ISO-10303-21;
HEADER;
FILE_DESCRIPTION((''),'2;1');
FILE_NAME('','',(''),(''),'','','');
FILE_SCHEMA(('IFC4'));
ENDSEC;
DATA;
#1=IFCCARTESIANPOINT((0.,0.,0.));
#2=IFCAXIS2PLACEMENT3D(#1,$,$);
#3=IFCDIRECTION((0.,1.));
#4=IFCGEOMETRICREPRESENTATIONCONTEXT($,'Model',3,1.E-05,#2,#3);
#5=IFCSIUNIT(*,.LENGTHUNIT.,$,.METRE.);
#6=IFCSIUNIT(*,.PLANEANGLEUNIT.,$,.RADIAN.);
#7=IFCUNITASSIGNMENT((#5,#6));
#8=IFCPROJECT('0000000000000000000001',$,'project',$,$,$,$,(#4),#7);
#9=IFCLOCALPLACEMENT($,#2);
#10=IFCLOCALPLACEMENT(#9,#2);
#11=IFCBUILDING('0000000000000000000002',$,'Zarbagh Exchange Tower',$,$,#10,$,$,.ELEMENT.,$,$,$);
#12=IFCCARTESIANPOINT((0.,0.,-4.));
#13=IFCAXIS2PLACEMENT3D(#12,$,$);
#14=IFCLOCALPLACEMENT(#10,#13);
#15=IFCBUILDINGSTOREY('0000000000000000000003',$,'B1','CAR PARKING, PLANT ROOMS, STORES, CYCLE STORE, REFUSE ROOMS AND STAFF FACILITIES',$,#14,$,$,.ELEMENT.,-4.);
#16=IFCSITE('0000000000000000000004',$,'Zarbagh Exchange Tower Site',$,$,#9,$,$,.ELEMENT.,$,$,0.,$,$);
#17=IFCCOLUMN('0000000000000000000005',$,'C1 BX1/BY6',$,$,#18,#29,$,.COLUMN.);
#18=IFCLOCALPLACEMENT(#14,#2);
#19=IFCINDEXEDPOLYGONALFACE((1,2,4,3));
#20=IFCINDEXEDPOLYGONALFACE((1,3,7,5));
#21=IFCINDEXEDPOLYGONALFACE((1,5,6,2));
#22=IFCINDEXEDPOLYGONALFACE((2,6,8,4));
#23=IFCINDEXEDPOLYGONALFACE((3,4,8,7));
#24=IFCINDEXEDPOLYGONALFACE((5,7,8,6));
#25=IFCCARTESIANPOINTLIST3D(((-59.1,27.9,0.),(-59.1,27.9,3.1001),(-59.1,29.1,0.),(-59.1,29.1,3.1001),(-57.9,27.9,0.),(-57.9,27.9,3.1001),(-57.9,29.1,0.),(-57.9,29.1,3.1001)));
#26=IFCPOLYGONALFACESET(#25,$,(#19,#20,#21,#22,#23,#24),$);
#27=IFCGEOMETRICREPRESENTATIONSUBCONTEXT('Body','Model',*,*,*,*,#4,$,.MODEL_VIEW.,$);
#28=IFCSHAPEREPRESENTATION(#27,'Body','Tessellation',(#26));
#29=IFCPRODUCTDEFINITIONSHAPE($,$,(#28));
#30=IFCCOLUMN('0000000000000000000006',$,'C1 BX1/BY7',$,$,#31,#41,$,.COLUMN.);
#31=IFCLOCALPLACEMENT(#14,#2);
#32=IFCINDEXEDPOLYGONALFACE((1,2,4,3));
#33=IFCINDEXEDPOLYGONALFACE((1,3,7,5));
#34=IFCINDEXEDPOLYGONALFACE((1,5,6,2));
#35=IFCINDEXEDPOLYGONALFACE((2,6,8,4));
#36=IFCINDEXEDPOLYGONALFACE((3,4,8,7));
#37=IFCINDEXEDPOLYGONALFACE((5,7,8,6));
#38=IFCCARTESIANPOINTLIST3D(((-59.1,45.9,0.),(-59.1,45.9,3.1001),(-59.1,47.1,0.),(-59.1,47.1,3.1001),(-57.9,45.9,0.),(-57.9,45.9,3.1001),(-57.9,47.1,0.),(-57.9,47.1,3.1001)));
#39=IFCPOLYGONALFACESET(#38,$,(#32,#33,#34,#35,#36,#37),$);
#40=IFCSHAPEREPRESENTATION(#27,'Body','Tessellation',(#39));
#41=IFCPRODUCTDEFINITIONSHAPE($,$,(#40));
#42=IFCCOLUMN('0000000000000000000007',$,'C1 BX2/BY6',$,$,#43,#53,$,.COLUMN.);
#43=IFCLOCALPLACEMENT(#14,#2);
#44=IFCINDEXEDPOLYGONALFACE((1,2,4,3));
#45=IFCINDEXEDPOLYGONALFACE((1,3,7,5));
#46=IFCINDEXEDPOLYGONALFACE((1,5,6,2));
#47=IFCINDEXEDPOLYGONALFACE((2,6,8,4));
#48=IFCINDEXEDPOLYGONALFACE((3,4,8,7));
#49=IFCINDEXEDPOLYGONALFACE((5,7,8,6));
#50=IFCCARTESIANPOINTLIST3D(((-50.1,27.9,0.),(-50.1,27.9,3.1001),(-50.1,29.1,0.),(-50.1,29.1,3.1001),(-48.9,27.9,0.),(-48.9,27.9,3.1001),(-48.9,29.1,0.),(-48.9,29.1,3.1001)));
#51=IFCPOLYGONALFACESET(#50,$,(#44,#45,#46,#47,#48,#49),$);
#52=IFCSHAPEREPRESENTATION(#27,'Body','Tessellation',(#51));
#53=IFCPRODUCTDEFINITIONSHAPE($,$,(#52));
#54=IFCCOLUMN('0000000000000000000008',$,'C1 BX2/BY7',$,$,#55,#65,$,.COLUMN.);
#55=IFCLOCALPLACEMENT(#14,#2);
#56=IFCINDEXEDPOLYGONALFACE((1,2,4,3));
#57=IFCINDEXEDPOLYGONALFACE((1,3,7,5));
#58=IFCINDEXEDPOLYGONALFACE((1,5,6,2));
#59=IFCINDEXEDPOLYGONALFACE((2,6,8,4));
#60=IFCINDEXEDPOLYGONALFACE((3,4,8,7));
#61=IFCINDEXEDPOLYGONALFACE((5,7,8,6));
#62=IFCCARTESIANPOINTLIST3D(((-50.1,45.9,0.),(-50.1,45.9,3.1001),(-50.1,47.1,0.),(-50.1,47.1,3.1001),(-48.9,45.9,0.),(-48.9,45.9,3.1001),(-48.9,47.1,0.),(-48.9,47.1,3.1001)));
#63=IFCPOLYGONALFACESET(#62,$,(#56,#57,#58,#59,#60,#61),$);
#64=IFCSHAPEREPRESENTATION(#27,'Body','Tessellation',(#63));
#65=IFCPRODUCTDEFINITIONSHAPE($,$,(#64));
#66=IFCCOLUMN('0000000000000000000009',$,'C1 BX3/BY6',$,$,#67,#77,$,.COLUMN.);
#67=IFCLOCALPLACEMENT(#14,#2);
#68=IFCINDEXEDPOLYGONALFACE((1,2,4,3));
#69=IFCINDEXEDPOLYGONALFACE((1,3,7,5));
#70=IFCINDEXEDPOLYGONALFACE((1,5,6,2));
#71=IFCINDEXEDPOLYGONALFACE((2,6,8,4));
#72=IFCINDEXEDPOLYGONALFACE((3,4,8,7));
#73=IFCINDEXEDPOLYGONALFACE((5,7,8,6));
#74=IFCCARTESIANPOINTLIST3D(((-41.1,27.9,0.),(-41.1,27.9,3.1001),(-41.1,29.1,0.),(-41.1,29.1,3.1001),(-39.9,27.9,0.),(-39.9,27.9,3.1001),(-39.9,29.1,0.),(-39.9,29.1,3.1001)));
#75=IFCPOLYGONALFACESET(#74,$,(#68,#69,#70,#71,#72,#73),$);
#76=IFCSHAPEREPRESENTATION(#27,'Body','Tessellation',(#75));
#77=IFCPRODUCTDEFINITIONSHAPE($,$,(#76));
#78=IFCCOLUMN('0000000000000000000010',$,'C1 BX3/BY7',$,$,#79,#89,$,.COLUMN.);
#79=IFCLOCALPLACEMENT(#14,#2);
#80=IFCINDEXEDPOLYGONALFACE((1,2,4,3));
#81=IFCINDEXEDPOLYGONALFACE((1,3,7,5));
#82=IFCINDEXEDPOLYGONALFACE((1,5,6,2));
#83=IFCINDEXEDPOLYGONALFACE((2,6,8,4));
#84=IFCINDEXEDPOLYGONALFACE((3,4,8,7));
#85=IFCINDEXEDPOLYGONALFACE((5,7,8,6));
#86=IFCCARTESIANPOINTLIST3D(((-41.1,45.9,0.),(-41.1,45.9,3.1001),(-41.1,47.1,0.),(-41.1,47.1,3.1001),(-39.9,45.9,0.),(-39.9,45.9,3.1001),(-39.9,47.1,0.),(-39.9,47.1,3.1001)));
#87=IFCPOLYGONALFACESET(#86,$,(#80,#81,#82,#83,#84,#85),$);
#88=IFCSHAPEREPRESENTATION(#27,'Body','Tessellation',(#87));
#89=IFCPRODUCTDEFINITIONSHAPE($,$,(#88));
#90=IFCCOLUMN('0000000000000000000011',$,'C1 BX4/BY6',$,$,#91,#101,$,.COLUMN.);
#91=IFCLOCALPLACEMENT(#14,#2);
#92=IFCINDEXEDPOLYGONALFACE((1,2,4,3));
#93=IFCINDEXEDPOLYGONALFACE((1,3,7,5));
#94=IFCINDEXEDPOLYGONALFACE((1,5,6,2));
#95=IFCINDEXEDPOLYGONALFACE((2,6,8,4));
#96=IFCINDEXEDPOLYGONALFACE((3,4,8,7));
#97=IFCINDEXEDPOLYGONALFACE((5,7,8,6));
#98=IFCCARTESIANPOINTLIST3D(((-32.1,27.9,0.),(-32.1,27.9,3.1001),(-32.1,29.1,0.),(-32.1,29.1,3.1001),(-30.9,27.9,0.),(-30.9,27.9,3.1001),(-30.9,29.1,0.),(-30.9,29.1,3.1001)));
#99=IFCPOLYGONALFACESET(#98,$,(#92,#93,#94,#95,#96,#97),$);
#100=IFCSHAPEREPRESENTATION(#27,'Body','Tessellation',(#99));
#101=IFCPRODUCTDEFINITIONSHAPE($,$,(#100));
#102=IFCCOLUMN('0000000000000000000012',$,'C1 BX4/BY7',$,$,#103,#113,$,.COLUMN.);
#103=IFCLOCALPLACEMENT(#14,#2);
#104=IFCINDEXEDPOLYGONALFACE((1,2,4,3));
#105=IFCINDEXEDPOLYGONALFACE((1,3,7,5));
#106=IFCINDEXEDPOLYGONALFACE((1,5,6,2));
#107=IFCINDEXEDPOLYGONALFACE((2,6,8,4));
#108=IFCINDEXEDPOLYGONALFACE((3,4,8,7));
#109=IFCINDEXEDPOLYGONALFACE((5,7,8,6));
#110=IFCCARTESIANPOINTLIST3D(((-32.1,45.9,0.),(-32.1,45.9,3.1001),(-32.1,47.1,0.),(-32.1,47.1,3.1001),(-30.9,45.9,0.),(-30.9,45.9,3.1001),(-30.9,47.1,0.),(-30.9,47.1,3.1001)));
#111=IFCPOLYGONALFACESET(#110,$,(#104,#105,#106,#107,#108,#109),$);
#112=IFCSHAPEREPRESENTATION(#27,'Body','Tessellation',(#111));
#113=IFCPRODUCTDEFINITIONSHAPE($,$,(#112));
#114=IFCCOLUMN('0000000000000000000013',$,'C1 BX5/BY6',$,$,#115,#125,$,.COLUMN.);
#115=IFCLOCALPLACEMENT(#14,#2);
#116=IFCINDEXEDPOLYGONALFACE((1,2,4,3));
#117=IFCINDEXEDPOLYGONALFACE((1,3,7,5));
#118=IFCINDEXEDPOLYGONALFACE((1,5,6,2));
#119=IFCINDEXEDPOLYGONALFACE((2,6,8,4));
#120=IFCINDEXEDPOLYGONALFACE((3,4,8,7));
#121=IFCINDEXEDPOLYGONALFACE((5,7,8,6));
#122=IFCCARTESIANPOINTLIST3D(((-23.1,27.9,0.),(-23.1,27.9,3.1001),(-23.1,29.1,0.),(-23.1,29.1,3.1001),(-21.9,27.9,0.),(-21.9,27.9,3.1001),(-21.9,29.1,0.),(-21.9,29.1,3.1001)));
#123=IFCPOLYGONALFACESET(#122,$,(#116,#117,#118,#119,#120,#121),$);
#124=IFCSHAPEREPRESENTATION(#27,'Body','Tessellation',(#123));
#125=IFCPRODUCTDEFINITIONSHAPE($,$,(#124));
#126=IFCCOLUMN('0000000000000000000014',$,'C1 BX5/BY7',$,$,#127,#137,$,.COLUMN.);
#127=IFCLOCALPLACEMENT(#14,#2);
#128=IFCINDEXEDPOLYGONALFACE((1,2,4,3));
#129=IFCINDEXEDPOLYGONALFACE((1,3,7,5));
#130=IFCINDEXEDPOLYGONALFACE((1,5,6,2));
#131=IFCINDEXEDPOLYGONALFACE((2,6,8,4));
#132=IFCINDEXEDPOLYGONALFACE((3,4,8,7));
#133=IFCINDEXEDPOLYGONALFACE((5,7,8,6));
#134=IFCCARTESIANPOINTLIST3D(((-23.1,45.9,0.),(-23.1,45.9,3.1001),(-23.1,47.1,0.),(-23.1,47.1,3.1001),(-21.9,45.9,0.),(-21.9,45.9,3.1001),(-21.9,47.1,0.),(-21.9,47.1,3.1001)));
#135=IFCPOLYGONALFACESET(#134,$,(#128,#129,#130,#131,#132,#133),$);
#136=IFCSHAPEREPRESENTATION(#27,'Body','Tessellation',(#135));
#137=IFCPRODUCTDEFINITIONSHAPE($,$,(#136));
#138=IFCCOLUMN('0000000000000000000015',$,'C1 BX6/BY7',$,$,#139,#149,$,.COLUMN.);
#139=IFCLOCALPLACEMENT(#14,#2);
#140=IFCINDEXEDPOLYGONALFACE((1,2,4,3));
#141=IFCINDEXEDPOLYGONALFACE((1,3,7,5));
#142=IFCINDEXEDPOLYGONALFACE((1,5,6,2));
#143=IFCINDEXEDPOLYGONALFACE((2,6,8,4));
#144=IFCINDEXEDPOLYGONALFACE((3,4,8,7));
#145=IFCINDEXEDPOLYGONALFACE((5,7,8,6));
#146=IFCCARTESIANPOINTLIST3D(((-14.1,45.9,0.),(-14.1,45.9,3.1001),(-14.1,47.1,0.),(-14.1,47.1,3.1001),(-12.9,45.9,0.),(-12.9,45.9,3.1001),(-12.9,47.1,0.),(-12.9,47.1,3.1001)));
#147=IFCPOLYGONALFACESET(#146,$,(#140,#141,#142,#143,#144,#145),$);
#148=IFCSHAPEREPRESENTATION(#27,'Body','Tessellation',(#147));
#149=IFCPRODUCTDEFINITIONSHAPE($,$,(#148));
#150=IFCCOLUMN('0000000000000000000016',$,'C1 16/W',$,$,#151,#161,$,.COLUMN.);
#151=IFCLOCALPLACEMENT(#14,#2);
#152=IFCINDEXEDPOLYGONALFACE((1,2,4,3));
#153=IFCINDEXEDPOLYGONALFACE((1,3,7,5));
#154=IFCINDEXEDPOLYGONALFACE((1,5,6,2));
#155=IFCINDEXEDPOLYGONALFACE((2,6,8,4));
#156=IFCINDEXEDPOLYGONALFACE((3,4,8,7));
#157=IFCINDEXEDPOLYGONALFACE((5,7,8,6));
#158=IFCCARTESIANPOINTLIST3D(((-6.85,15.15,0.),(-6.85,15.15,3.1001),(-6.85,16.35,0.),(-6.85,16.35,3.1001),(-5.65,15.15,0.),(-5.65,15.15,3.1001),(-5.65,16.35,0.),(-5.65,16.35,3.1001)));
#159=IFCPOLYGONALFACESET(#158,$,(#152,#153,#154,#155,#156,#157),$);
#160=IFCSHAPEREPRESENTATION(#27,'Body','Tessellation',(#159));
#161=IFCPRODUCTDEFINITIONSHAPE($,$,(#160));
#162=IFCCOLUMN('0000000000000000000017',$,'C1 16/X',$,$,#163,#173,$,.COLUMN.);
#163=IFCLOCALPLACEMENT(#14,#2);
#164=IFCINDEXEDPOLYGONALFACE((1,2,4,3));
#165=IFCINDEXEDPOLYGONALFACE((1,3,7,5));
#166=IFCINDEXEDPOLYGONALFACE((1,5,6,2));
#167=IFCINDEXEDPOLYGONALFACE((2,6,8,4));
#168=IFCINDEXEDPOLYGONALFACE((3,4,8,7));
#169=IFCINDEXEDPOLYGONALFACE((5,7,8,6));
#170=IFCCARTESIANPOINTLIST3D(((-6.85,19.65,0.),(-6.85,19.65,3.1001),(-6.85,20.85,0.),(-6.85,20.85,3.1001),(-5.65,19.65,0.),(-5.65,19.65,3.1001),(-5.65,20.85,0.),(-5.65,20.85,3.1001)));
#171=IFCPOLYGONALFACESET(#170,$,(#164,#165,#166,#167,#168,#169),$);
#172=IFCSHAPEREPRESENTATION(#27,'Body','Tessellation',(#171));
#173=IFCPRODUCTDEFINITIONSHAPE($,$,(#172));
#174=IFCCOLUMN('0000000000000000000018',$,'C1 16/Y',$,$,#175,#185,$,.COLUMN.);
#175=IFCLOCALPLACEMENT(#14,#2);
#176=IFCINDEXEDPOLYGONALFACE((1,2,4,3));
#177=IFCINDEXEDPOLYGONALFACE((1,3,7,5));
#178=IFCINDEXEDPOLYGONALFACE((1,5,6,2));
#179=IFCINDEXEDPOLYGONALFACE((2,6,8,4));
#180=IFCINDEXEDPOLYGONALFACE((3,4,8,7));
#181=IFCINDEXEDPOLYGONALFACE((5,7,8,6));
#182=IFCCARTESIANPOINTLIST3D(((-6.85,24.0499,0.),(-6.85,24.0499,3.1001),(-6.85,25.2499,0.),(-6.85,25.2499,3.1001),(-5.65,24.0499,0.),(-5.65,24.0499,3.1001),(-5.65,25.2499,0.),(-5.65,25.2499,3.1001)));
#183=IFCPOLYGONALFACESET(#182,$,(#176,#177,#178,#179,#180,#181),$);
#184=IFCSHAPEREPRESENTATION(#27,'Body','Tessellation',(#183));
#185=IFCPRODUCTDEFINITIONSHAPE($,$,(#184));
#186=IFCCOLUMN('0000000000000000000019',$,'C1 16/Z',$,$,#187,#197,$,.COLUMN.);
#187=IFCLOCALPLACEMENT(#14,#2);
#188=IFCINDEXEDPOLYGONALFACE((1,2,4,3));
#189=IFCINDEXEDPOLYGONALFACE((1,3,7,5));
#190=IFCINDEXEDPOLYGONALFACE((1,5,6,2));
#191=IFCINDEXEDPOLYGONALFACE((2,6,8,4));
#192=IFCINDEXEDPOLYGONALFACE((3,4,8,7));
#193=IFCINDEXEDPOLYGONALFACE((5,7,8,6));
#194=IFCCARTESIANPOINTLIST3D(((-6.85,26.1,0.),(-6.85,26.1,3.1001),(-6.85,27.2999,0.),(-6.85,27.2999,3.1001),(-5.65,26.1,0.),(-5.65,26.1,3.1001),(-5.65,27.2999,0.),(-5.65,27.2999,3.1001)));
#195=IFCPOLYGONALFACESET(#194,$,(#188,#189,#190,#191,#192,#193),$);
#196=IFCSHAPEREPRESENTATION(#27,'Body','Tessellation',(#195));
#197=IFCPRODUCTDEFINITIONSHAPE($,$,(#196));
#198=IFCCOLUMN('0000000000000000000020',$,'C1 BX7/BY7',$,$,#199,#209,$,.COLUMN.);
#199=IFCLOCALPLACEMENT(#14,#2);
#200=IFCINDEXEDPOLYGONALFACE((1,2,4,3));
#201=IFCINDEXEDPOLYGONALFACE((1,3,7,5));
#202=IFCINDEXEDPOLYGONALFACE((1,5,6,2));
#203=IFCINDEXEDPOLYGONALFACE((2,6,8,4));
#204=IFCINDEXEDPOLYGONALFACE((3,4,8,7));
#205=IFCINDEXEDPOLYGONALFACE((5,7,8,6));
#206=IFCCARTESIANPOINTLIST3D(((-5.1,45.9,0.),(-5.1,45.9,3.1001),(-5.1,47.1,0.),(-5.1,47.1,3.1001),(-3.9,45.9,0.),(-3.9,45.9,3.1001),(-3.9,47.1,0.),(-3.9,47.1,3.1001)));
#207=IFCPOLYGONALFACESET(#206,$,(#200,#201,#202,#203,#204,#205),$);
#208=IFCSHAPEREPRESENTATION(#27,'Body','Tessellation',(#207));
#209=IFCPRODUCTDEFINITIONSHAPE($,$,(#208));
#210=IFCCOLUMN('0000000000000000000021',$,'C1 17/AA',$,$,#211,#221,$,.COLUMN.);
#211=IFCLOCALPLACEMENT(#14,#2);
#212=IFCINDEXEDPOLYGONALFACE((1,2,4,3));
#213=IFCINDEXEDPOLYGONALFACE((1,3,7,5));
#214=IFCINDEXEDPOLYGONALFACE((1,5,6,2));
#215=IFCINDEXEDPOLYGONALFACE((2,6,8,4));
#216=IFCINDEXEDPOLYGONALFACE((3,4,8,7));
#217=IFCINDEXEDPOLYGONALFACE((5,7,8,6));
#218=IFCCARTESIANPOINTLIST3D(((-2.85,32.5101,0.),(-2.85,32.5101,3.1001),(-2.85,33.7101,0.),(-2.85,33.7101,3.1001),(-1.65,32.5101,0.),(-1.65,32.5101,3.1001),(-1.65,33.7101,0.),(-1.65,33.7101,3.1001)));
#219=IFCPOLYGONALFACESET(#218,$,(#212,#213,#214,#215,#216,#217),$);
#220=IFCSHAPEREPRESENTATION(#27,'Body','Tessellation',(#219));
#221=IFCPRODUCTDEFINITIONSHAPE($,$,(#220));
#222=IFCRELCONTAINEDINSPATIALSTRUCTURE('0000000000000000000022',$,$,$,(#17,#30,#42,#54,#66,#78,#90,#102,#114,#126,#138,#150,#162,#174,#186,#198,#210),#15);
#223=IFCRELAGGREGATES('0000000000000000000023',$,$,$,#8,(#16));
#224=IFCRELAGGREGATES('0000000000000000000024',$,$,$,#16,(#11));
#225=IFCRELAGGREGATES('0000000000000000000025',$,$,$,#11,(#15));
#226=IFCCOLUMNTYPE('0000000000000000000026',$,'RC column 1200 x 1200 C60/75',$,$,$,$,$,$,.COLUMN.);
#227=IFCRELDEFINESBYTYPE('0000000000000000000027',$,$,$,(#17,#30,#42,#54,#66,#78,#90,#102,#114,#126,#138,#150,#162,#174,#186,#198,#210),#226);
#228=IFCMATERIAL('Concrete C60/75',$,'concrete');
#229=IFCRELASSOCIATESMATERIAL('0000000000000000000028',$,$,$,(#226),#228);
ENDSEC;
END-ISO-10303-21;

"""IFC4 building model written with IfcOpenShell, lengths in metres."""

from ifc_helpers import new_model, si_unit, direction, frame, origin, origin_2d, place, context, subcontext, project, spatial, rectangle, extrude, material, material_profile, profile_set, type_object, element, save


model = new_model("IFC4")

# Units and contexts
model_context = context("Model", 3, precision=1e-05, world=origin(), true_north=direction((0.0, 1.0)))
body_context = subcontext(model_context, "Body", "Model", "MODEL_VIEW")
ifc_project = project(units=[si_unit("LENGTHUNIT", "METRE"), si_unit("PLANEANGLEUNIT", "RADIAN")], contexts=[model_context])

# Site, building, storey
site_placement = place(None, origin())
site = spatial("IfcSite", under=ifc_project, at=site_placement, Name="Zarbagh Exchange Tower Site", CompositionType="ELEMENT", RefElevation=0.0)
building_placement = place(site_placement, origin())
building = spatial("IfcBuilding", under=site, at=building_placement, Name="Zarbagh Exchange Tower", CompositionType="ELEMENT")
storey_placement = place(building_placement, frame((0.0, 0.0, -4.0)))
storey = spatial("IfcBuildingStorey", under=building, at=storey_placement, Name="B1", Description="CAR PARKING, PLANT ROOMS, STORES, CYCLE STORE, REFUSE ROOMS AND STAFF FACILITIES", CompositionType="ELEMENT", Elevation=-4.0)

# Columns
ifc_material_1 = material(Name="Concrete C60/75", Category="concrete")
ifc_material_profile = material_profile(ifc_material_1, rectangle(XDim=1.2, YDim=1.2, at=origin_2d()), Name="RC column 1200 x 1200 C60/75")
ifc_profile_set = profile_set([ifc_material_profile], Name="Concrete C60/75")
column_type = type_object("IfcColumnType", Name="RC column 1200 x 1200 C60/75", PredefinedType="COLUMN", material=ifc_profile_set)
for number, where, z_axis, x_axis, name in (
    (1, (-58.5, 28.5, 0.0), (0.0, 0.0, 1.0), (1.0, 0.0, 0.0), "C1 BX1/BY6"),
    (2, (-58.5, 46.5, 0.0), (0.0, 0.0, 1.0), (1.0, 0.0, 0.0), "C1 BX1/BY7"),
    (3, (-49.5, 28.5, 0.0), (0.0, 0.0, 1.0), (1.0, 0.0, 0.0), "C1 BX2/BY6"),
    (4, (-49.5, 46.5, 0.0), (0.0, 0.0, 1.0), (1.0, 0.0, 0.0), "C1 BX2/BY7"),
    (5, (-40.5, 28.5, 0.0), (0.0, 0.0, 1.0), (1.0, 0.0, 0.0), "C1 BX3/BY6"),
    (6, (-40.5, 46.5, 0.0), (0.0, 0.0, 1.0), (1.0, 0.0, 0.0), "C1 BX3/BY7"),
    (7, (-31.5, 28.5, 0.0), (0.0, 0.0, 1.0), (1.0, 0.0, 0.0), "C1 BX4/BY6"),
    (8, (-31.5, 46.5, 0.0), (0.0, 0.0, 1.0), (1.0, 0.0, 0.0), "C1 BX4/BY7"),
    (9, (-22.5, 28.5, 0.0), (0.0, 0.0, 1.0), (1.0, 0.0, 0.0), "C1 BX5/BY6"),
    (10, (-22.5, 46.5, 0.0), (0.0, 0.0, 1.0), (1.0, 0.0, 0.0), "C1 BX5/BY7"),
    (11, (-13.5, 46.5, 0.0), (0.0, 0.0, 1.0), (1.0, 0.0, 0.0), "C1 BX6/BY7"),
    (12, (-6.25, 15.75, 0.0), (0.0, 0.0, 1.0), (1.0, 0.0, 0.0), "C1 16/W"),
    (13, (-6.25, 20.25, 0.0), (0.0, 0.0, 1.0), (1.0, 0.0, 0.0), "C1 16/X"),
    (14, (-6.25, 24.6499, 0.0), (0.0, 0.0, 1.0), (1.0, 0.0, 0.0), "C1 16/Y"),
    (15, (-6.25, 26.7, 0.0), (0.0, 0.0, 1.0), (1.0, 0.0, 0.0), "C1 16/Z"),
    (16, (-4.5, 46.5, 0.0), (0.0, 0.0, 1.0), (1.0, 0.0, 0.0), "C1 BX7/BY7"),
    (17, (-2.25, 33.1101, 0.0), (0.0, 0.0, 1.0), (1.0, 0.0, 0.0), "C1 17/AA"),
):
    element("IfcColumn", number, at=place(storey_placement, frame(where, z_axis=z_axis, x_axis=x_axis)), inside=storey, type_object=column_type, Name=name, PredefinedType="COLUMN", context=body_context, shape_type="SweptSolid", body=[
        extrude(rectangle(XDim=1.2, YDim=1.2, at=origin_2d()), origin(), (0.0, 0.0, 1.0), 3.1001),
    ])

save(model, "model.ifc")
